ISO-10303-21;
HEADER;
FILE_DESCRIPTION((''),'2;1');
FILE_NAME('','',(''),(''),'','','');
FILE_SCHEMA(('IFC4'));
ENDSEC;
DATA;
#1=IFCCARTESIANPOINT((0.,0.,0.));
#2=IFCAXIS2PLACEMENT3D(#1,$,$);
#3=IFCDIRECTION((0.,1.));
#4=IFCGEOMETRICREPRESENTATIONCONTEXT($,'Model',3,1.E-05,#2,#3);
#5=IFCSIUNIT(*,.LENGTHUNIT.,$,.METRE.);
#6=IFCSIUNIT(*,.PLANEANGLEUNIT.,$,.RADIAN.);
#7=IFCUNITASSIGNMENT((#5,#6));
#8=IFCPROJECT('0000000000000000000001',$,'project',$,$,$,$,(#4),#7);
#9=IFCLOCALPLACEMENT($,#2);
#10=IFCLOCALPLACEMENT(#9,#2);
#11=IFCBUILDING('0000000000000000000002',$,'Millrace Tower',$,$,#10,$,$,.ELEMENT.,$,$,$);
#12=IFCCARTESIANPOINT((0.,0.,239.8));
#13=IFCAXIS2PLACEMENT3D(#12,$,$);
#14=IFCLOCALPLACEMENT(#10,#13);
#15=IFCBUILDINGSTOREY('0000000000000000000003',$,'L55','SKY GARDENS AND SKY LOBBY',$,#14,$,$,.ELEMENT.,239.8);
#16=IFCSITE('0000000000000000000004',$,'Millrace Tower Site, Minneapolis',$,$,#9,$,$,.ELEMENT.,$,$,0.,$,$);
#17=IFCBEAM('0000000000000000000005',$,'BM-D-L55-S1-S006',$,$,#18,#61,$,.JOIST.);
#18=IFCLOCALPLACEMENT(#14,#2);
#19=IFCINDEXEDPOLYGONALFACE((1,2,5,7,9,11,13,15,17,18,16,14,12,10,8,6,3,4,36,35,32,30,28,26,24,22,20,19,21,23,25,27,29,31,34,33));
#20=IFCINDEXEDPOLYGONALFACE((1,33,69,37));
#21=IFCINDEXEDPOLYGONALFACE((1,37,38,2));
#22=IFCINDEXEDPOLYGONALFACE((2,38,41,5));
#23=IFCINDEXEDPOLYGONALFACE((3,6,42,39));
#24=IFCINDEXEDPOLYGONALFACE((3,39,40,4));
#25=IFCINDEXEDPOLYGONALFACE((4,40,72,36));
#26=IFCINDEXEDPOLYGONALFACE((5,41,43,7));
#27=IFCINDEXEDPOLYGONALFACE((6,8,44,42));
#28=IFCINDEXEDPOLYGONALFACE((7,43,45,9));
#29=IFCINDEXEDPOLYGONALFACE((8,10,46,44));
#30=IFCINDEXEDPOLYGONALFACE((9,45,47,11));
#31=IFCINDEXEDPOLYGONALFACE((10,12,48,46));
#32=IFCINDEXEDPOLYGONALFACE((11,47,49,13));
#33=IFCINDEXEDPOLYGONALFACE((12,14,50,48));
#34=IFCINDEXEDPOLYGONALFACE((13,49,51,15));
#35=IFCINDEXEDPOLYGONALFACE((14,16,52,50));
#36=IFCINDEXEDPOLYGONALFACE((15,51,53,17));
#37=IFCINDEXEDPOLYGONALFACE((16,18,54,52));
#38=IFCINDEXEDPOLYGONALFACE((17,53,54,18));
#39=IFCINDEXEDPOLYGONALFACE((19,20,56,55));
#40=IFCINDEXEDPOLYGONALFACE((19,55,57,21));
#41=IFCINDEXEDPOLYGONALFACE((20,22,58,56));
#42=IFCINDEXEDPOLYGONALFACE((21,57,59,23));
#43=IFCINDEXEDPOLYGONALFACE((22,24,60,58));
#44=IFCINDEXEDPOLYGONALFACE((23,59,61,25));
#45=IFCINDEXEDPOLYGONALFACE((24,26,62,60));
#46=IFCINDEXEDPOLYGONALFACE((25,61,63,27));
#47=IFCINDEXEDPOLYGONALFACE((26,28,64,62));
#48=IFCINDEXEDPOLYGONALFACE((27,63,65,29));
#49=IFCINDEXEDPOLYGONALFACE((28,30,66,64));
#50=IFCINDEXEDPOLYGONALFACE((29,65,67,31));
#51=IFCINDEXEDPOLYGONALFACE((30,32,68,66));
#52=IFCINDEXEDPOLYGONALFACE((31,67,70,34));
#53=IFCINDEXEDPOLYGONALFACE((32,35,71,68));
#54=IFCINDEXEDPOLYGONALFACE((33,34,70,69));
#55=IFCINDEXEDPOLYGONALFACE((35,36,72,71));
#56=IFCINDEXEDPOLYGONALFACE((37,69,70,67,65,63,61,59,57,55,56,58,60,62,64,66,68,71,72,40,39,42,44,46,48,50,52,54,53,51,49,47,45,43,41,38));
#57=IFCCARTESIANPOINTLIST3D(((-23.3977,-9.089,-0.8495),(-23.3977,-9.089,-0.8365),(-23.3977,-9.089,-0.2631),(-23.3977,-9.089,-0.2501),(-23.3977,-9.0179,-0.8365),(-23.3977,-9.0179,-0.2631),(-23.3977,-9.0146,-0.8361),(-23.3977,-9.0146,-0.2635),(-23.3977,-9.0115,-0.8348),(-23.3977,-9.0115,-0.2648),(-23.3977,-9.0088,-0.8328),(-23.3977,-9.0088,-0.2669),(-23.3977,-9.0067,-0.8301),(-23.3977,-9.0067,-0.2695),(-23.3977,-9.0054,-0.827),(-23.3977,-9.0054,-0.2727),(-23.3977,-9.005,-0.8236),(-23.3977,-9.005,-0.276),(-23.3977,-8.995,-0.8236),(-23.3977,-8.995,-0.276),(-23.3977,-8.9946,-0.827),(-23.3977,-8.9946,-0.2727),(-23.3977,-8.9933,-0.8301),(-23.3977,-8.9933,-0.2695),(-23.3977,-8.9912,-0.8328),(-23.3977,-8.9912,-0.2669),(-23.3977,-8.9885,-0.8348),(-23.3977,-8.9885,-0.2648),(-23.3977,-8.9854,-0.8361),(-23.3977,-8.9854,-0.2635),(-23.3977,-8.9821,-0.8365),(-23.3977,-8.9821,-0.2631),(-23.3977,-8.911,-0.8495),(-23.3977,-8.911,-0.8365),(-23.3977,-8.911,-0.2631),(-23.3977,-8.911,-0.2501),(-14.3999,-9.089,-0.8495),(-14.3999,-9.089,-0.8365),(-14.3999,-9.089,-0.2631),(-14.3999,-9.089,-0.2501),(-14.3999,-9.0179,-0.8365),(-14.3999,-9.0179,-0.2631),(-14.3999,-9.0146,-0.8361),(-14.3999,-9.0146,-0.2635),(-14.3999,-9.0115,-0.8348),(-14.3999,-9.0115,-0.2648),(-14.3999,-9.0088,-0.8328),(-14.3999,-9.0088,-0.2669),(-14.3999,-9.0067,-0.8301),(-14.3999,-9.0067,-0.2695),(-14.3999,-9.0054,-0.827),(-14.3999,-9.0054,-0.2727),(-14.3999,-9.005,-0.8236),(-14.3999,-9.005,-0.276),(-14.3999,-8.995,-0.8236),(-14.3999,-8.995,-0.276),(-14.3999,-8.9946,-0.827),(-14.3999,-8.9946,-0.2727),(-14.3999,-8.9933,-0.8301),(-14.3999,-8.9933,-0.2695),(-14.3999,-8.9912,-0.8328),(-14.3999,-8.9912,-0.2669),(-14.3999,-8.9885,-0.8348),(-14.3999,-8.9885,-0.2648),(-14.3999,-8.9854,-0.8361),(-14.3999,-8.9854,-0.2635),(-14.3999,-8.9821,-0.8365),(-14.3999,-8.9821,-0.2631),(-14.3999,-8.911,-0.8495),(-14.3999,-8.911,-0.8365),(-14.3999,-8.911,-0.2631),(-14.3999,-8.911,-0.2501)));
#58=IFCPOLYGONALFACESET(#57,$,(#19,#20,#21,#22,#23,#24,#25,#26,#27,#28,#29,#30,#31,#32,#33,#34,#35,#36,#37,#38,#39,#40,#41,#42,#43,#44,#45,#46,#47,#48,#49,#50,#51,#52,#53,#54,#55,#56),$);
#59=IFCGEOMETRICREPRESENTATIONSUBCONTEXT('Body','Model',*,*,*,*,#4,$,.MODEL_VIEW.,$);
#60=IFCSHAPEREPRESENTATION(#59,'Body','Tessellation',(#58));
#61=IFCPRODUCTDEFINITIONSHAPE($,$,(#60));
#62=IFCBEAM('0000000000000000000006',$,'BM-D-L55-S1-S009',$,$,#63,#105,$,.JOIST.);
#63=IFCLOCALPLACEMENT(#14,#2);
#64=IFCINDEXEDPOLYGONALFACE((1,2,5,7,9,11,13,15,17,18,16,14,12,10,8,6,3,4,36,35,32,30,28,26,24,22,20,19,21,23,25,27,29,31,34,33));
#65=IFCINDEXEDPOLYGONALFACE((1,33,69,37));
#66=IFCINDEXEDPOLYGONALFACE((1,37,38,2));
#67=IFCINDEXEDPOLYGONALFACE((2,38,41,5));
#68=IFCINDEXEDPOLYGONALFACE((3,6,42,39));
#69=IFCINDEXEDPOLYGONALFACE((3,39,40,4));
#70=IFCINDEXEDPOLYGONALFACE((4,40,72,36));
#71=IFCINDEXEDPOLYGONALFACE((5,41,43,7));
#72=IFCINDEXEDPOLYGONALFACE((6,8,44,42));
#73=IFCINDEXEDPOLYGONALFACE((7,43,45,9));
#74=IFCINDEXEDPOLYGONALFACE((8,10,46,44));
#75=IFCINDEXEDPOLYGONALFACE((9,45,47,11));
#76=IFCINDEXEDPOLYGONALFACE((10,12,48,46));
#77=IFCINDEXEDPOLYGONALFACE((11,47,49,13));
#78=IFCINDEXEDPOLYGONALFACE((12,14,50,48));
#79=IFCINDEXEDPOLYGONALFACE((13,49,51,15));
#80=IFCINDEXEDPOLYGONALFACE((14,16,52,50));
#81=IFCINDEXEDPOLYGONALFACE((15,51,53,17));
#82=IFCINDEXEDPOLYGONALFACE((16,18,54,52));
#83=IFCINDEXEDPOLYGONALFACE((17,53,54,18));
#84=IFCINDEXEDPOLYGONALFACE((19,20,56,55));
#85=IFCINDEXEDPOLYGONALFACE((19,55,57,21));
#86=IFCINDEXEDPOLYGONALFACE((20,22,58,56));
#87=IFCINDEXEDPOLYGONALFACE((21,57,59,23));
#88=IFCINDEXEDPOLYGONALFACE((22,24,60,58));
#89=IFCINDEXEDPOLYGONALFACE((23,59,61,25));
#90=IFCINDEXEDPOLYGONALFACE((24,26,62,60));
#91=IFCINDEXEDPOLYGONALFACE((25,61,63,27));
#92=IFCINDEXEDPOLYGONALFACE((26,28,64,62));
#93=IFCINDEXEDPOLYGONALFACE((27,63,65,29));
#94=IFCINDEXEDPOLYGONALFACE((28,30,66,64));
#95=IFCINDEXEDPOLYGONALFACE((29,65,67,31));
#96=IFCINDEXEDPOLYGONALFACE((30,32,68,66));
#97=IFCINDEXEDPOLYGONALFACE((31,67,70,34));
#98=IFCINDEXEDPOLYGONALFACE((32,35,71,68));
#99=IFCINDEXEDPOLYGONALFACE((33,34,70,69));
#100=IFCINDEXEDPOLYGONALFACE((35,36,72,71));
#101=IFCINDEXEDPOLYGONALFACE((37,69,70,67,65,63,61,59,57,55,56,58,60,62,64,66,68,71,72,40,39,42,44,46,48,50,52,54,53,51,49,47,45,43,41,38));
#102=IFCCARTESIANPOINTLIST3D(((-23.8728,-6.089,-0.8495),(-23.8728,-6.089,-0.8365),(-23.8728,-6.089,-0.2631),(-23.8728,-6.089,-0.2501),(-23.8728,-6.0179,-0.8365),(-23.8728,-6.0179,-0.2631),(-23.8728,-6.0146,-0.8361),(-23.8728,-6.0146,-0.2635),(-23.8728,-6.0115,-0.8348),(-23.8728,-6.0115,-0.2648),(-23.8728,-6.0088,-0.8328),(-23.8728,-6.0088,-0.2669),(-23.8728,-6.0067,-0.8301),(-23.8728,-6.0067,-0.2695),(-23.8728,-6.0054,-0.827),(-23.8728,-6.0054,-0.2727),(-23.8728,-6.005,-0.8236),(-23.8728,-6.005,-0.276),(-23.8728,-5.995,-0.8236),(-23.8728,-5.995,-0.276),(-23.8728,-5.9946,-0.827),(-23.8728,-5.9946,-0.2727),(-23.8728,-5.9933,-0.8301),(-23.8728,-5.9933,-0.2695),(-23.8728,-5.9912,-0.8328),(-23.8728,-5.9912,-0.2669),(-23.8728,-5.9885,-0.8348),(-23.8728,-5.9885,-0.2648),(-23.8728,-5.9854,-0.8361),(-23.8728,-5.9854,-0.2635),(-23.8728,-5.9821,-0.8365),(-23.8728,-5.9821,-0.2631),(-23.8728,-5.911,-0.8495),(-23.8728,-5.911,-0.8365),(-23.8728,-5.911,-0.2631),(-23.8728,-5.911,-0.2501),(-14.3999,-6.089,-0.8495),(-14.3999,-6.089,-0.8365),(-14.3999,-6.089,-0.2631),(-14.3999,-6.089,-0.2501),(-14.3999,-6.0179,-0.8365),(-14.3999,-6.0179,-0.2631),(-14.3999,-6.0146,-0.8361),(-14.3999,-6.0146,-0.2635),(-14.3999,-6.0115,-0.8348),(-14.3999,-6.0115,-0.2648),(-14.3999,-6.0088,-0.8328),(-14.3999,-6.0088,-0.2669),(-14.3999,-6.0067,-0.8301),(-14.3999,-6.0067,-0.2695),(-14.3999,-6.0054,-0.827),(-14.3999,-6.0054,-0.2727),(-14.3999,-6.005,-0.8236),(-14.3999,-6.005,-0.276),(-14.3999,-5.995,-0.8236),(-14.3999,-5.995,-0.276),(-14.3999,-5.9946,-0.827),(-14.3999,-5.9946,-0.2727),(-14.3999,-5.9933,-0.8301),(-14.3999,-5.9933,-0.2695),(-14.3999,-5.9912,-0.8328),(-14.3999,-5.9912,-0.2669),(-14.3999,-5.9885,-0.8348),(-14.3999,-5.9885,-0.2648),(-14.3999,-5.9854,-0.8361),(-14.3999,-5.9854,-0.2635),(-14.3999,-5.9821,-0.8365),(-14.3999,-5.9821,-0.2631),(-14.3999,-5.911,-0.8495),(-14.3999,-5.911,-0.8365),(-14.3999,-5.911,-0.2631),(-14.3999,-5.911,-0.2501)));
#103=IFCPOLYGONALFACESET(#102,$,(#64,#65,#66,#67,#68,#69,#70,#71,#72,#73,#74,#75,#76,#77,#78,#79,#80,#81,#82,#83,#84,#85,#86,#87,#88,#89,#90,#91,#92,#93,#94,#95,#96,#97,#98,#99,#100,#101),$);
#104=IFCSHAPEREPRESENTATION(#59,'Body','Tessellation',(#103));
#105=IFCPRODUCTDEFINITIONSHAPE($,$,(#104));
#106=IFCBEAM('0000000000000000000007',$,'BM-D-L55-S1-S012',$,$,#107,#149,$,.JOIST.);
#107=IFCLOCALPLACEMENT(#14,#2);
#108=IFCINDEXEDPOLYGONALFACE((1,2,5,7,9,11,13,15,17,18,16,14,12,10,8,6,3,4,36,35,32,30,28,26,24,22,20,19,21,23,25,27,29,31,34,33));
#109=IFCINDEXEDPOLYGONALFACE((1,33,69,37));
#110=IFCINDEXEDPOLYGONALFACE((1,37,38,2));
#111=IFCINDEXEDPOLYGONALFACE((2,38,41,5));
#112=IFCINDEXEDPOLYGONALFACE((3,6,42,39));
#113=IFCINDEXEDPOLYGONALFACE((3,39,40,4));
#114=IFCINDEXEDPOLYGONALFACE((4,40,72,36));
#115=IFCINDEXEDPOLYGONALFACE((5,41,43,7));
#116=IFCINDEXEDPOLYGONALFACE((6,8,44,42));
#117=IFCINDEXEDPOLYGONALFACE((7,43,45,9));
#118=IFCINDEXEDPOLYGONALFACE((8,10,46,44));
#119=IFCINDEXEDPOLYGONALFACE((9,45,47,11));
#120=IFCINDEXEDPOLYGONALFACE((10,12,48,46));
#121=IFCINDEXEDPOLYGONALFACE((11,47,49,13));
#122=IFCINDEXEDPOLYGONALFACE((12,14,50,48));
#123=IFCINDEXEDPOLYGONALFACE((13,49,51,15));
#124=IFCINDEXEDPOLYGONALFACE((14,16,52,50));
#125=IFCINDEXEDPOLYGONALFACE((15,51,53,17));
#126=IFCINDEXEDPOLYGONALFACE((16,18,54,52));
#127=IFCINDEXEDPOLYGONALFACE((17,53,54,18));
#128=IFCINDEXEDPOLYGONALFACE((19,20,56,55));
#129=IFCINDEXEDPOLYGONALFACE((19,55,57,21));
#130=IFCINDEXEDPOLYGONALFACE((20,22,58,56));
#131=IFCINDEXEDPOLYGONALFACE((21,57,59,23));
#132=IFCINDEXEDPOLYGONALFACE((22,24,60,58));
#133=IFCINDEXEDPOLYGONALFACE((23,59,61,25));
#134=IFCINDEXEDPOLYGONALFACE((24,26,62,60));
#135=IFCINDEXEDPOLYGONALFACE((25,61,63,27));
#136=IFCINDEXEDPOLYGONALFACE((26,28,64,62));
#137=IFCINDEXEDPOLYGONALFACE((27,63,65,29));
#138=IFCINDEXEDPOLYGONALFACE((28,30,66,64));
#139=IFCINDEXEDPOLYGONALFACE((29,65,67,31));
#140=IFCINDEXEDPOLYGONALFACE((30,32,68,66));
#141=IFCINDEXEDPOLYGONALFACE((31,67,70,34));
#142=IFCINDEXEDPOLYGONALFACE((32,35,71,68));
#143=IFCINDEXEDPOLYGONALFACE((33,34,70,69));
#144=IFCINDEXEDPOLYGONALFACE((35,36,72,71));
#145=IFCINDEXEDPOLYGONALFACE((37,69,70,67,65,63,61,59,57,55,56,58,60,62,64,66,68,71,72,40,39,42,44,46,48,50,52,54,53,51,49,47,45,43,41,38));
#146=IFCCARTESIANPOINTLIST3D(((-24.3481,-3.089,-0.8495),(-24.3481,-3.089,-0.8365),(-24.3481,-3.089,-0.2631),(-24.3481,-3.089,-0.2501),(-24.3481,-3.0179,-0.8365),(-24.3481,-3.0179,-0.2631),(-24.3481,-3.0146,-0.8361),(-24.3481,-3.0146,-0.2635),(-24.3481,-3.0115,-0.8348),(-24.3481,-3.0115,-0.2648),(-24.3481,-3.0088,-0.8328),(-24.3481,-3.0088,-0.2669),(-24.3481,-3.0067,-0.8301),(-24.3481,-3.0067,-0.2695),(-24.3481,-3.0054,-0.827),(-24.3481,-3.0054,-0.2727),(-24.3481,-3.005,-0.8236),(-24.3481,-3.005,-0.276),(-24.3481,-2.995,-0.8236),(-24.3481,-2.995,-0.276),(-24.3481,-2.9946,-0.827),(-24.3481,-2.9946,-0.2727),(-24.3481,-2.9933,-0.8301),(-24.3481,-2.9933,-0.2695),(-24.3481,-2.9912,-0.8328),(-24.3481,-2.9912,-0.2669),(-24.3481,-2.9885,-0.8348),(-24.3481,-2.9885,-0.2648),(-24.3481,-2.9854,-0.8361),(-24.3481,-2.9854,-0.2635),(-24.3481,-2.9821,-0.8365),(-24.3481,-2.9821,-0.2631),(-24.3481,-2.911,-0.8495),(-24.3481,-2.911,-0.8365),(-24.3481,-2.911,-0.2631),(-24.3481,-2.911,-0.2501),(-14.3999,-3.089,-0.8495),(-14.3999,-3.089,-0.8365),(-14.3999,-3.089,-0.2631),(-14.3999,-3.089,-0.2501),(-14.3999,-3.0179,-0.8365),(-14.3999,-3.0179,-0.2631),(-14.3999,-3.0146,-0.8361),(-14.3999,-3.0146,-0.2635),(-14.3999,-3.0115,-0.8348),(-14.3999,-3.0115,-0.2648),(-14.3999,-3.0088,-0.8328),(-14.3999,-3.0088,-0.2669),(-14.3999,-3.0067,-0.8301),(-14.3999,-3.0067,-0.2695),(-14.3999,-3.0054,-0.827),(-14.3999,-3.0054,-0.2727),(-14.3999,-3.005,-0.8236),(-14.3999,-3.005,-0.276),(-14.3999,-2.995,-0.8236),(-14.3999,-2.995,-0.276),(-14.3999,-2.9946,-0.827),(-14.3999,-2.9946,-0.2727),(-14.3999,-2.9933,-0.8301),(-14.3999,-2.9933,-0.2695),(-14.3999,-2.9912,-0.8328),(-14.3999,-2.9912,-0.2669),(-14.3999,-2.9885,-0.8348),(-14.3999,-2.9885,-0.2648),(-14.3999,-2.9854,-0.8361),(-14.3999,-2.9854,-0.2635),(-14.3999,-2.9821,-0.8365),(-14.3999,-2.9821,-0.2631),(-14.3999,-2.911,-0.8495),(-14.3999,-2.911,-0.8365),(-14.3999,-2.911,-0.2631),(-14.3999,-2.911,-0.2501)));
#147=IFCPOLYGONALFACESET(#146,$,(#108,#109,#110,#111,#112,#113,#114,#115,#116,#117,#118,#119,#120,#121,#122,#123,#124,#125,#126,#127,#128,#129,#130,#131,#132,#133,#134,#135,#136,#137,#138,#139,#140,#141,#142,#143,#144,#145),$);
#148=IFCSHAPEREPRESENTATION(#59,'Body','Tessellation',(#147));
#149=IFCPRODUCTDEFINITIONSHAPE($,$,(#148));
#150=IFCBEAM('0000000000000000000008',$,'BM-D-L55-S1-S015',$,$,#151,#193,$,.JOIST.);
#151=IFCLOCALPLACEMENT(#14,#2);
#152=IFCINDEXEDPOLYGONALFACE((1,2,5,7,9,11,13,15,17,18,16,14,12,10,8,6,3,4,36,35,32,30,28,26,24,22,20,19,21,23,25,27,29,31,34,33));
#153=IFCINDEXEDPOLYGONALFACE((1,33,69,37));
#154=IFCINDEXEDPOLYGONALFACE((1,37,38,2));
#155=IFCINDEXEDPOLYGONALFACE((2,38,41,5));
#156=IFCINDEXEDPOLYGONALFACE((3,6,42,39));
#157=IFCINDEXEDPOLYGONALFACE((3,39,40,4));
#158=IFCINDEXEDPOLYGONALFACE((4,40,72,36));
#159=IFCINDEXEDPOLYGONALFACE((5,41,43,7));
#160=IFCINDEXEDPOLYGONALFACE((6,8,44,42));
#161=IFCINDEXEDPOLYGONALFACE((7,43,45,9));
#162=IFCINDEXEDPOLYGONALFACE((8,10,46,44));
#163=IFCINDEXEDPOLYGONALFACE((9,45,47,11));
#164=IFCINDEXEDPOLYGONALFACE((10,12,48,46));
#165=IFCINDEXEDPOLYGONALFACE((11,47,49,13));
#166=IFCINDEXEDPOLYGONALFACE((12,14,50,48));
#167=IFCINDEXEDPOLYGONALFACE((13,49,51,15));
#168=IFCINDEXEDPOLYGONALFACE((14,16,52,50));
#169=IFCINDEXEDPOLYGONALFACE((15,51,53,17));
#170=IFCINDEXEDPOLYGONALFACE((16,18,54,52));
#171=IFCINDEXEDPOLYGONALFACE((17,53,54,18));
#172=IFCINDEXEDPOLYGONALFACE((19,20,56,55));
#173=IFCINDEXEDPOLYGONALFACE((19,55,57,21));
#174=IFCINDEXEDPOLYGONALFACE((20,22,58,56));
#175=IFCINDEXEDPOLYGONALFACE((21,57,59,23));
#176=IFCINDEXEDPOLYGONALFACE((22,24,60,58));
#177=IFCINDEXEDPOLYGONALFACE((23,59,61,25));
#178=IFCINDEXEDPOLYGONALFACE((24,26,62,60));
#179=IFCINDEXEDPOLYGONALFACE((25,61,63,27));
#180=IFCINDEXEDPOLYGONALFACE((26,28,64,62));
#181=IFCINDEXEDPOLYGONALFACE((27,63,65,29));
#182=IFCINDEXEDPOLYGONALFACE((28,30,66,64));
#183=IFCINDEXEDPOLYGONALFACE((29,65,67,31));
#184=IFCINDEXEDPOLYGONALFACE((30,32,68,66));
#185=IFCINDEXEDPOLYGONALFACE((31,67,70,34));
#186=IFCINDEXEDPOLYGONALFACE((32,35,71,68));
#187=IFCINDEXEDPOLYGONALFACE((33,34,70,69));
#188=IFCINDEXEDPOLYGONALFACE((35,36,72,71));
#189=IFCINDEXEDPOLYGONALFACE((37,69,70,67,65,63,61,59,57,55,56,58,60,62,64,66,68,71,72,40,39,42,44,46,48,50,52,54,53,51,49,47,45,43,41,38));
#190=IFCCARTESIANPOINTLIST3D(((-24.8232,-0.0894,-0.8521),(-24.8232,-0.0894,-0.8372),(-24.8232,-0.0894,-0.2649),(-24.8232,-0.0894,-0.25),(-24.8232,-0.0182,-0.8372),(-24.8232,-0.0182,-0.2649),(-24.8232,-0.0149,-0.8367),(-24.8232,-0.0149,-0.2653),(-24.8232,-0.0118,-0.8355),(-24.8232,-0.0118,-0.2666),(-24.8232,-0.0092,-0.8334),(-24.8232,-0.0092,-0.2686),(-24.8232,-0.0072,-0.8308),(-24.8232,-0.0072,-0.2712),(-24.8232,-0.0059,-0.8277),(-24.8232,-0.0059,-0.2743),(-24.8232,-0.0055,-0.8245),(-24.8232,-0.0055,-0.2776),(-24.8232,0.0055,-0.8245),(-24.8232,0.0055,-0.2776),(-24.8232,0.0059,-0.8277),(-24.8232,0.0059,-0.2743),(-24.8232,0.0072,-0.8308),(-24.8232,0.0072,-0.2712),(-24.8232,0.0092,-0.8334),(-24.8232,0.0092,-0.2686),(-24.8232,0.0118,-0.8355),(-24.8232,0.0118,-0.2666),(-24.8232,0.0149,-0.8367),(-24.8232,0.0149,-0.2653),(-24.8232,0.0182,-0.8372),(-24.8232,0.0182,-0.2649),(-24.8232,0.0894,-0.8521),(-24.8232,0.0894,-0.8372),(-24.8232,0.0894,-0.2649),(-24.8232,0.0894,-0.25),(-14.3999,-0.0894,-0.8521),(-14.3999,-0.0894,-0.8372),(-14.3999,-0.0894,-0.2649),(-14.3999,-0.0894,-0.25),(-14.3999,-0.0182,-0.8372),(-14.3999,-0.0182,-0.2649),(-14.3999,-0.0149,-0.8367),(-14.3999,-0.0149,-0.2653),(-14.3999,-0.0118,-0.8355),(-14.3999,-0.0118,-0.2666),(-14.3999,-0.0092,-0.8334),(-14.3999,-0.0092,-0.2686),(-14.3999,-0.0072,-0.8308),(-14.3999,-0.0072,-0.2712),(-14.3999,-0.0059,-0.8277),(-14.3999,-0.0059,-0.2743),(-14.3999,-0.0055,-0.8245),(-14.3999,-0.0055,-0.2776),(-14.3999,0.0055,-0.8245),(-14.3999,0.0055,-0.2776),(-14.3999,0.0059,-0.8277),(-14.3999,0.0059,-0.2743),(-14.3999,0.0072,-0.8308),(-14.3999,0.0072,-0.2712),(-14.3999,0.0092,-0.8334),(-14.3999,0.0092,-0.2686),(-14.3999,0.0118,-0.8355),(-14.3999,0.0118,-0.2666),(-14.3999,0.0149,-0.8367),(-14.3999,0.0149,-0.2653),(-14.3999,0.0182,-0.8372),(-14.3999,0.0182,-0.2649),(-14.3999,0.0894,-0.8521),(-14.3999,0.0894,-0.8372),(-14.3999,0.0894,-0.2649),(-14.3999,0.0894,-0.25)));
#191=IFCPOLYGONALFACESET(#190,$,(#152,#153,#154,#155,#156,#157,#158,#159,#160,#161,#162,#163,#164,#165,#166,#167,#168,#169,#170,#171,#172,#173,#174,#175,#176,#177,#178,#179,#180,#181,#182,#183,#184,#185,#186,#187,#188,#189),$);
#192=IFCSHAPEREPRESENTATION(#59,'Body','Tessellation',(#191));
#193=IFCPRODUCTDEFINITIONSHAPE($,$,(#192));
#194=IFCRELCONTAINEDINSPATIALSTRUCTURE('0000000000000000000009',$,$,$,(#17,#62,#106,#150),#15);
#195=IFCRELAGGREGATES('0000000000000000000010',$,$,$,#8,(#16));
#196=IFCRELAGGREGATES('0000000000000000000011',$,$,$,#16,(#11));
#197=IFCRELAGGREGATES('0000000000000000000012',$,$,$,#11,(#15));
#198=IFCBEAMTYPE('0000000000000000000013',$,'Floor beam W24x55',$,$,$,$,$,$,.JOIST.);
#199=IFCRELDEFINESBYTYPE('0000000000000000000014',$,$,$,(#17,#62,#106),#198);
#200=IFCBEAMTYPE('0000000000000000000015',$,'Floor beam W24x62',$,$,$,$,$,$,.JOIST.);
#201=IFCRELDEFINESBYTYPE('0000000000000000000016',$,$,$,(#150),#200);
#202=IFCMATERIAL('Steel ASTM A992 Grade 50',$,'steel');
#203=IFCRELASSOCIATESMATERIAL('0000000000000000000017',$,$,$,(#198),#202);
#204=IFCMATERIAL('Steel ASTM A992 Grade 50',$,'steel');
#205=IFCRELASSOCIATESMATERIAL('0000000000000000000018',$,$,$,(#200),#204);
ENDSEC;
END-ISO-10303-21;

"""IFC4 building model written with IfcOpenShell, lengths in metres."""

from ifc_helpers import new_model, si_unit, direction, frame, origin, origin_2d, place, context, subcontext, project, spatial, i_section, extrude, material, material_profile, profile_set, type_object, element, save


model = new_model("IFC4")

# Units and contexts
model_context = context("Model", 3, precision=1e-05, world=origin(), true_north=direction((0.0, 1.0)))
body_context = subcontext(model_context, "Body", "Model", "MODEL_VIEW")
ifc_project = project(units=[si_unit("LENGTHUNIT", "METRE"), si_unit("PLANEANGLEUNIT", "RADIAN")], contexts=[model_context])

# Site, building, storey
site_placement = place(None, origin())
site = spatial("IfcSite", under=ifc_project, at=site_placement, Name="Millrace Tower Site, Minneapolis", CompositionType="ELEMENT", RefElevation=0.0)
building_placement = place(site_placement, origin())
building = spatial("IfcBuilding", under=site, at=building_placement, Name="Millrace Tower", CompositionType="ELEMENT")
storey_placement = place(building_placement, frame((0.0, 0.0, 239.8)))
storey = spatial("IfcBuildingStorey", under=building, at=storey_placement, Name="L55", Description="SKY GARDENS AND SKY LOBBY", CompositionType="ELEMENT", Elevation=239.8)

# Beams
ifc_material_1 = material(Name="Steel ASTM A992 Grade 50", Category="steel")
ifc_material_profile_1 = material_profile(ifc_material_1, i_section(OverallWidth=0.178, OverallDepth=0.5994, WebThickness=0.01, FlangeThickness=0.0129, FilletRadius=0.0129, at=origin_2d()))
ifc_profile_set_1 = profile_set([ifc_material_profile_1], Name="Steel ASTM A992 Grade 50")
beam_type_1 = type_object("IfcBeamType", Name="Floor beam W24x55", PredefinedType="JOIST", material=ifc_profile_set_1)
beam_1_placement = place(storey_placement, frame((-23.3977, -9.0, -0.5498), z_axis=(1.0, 0.0, 0.0), x_axis=(0.0, 1.0, 0.0)))
element("IfcBeam", 1, at=beam_1_placement, inside=storey, type_object=beam_type_1, Name="BM-D-L55-S1-S006", PredefinedType="JOIST", context=body_context, shape_type="SweptSolid", body=[
    extrude(i_section(OverallWidth=0.178, OverallDepth=0.5994, WebThickness=0.01, FlangeThickness=0.0129, FilletRadius=0.0129, at=origin_2d()), origin(), (0.0, 0.0, 1.0), 8.9978),
])
beam_2_placement = place(storey_placement, frame((-23.8728, -6.0, -0.5498), z_axis=(1.0, 0.0, 0.0), x_axis=(0.0, 1.0, 0.0)))
element("IfcBeam", 2, at=beam_2_placement, inside=storey, type_object=beam_type_1, Name="BM-D-L55-S1-S009", PredefinedType="JOIST", context=body_context, shape_type="SweptSolid", body=[
    extrude(i_section(OverallWidth=0.178, OverallDepth=0.5994, WebThickness=0.01, FlangeThickness=0.0129, FilletRadius=0.0129, at=origin_2d()), origin(), (0.0, 0.0, 1.0), 9.4729),
])
beam_3_placement = place(storey_placement, frame((-24.3481, -3.0, -0.5498), z_axis=(1.0, 0.0, 0.0), x_axis=(0.0, 1.0, 0.0)))
element("IfcBeam", 3, at=beam_3_placement, inside=storey, type_object=beam_type_1, Name="BM-D-L55-S1-S012", PredefinedType="JOIST", context=body_context, shape_type="SweptSolid", body=[
    extrude(i_section(OverallWidth=0.178, OverallDepth=0.5994, WebThickness=0.01, FlangeThickness=0.0129, FilletRadius=0.0129, at=origin_2d()), origin(), (0.0, 0.0, 1.0), 9.9482),
])
ifc_material_2 = material(Name="Steel ASTM A992 Grade 50", Category="steel")
ifc_material_profile_2 = material_profile(ifc_material_2, i_section(OverallWidth=0.1787, OverallDepth=0.6021, WebThickness=0.011, FlangeThickness=0.0149, FilletRadius=0.0127, at=origin_2d()))
ifc_profile_set_2 = profile_set([ifc_material_profile_2], Name="Steel ASTM A992 Grade 50")
beam_type_2 = type_object("IfcBeamType", Name="Floor beam W24x62", PredefinedType="JOIST", material=ifc_profile_set_2)
beam_4_placement = place(storey_placement, frame((-24.8232, 0.0, -0.551), z_axis=(1.0, 0.0, 0.0), x_axis=(0.0, 1.0, 0.0)))
element("IfcBeam", 4, at=beam_4_placement, inside=storey, type_object=beam_type_2, Name="BM-D-L55-S1-S015", PredefinedType="JOIST", context=body_context, shape_type="SweptSolid", body=[
    extrude(i_section(OverallWidth=0.1787, OverallDepth=0.6021, WebThickness=0.011, FlangeThickness=0.0149, FilletRadius=0.0127, at=origin_2d()), origin(), (0.0, 0.0, 1.0), 10.4233),
])

save(model, "model.ifc")
